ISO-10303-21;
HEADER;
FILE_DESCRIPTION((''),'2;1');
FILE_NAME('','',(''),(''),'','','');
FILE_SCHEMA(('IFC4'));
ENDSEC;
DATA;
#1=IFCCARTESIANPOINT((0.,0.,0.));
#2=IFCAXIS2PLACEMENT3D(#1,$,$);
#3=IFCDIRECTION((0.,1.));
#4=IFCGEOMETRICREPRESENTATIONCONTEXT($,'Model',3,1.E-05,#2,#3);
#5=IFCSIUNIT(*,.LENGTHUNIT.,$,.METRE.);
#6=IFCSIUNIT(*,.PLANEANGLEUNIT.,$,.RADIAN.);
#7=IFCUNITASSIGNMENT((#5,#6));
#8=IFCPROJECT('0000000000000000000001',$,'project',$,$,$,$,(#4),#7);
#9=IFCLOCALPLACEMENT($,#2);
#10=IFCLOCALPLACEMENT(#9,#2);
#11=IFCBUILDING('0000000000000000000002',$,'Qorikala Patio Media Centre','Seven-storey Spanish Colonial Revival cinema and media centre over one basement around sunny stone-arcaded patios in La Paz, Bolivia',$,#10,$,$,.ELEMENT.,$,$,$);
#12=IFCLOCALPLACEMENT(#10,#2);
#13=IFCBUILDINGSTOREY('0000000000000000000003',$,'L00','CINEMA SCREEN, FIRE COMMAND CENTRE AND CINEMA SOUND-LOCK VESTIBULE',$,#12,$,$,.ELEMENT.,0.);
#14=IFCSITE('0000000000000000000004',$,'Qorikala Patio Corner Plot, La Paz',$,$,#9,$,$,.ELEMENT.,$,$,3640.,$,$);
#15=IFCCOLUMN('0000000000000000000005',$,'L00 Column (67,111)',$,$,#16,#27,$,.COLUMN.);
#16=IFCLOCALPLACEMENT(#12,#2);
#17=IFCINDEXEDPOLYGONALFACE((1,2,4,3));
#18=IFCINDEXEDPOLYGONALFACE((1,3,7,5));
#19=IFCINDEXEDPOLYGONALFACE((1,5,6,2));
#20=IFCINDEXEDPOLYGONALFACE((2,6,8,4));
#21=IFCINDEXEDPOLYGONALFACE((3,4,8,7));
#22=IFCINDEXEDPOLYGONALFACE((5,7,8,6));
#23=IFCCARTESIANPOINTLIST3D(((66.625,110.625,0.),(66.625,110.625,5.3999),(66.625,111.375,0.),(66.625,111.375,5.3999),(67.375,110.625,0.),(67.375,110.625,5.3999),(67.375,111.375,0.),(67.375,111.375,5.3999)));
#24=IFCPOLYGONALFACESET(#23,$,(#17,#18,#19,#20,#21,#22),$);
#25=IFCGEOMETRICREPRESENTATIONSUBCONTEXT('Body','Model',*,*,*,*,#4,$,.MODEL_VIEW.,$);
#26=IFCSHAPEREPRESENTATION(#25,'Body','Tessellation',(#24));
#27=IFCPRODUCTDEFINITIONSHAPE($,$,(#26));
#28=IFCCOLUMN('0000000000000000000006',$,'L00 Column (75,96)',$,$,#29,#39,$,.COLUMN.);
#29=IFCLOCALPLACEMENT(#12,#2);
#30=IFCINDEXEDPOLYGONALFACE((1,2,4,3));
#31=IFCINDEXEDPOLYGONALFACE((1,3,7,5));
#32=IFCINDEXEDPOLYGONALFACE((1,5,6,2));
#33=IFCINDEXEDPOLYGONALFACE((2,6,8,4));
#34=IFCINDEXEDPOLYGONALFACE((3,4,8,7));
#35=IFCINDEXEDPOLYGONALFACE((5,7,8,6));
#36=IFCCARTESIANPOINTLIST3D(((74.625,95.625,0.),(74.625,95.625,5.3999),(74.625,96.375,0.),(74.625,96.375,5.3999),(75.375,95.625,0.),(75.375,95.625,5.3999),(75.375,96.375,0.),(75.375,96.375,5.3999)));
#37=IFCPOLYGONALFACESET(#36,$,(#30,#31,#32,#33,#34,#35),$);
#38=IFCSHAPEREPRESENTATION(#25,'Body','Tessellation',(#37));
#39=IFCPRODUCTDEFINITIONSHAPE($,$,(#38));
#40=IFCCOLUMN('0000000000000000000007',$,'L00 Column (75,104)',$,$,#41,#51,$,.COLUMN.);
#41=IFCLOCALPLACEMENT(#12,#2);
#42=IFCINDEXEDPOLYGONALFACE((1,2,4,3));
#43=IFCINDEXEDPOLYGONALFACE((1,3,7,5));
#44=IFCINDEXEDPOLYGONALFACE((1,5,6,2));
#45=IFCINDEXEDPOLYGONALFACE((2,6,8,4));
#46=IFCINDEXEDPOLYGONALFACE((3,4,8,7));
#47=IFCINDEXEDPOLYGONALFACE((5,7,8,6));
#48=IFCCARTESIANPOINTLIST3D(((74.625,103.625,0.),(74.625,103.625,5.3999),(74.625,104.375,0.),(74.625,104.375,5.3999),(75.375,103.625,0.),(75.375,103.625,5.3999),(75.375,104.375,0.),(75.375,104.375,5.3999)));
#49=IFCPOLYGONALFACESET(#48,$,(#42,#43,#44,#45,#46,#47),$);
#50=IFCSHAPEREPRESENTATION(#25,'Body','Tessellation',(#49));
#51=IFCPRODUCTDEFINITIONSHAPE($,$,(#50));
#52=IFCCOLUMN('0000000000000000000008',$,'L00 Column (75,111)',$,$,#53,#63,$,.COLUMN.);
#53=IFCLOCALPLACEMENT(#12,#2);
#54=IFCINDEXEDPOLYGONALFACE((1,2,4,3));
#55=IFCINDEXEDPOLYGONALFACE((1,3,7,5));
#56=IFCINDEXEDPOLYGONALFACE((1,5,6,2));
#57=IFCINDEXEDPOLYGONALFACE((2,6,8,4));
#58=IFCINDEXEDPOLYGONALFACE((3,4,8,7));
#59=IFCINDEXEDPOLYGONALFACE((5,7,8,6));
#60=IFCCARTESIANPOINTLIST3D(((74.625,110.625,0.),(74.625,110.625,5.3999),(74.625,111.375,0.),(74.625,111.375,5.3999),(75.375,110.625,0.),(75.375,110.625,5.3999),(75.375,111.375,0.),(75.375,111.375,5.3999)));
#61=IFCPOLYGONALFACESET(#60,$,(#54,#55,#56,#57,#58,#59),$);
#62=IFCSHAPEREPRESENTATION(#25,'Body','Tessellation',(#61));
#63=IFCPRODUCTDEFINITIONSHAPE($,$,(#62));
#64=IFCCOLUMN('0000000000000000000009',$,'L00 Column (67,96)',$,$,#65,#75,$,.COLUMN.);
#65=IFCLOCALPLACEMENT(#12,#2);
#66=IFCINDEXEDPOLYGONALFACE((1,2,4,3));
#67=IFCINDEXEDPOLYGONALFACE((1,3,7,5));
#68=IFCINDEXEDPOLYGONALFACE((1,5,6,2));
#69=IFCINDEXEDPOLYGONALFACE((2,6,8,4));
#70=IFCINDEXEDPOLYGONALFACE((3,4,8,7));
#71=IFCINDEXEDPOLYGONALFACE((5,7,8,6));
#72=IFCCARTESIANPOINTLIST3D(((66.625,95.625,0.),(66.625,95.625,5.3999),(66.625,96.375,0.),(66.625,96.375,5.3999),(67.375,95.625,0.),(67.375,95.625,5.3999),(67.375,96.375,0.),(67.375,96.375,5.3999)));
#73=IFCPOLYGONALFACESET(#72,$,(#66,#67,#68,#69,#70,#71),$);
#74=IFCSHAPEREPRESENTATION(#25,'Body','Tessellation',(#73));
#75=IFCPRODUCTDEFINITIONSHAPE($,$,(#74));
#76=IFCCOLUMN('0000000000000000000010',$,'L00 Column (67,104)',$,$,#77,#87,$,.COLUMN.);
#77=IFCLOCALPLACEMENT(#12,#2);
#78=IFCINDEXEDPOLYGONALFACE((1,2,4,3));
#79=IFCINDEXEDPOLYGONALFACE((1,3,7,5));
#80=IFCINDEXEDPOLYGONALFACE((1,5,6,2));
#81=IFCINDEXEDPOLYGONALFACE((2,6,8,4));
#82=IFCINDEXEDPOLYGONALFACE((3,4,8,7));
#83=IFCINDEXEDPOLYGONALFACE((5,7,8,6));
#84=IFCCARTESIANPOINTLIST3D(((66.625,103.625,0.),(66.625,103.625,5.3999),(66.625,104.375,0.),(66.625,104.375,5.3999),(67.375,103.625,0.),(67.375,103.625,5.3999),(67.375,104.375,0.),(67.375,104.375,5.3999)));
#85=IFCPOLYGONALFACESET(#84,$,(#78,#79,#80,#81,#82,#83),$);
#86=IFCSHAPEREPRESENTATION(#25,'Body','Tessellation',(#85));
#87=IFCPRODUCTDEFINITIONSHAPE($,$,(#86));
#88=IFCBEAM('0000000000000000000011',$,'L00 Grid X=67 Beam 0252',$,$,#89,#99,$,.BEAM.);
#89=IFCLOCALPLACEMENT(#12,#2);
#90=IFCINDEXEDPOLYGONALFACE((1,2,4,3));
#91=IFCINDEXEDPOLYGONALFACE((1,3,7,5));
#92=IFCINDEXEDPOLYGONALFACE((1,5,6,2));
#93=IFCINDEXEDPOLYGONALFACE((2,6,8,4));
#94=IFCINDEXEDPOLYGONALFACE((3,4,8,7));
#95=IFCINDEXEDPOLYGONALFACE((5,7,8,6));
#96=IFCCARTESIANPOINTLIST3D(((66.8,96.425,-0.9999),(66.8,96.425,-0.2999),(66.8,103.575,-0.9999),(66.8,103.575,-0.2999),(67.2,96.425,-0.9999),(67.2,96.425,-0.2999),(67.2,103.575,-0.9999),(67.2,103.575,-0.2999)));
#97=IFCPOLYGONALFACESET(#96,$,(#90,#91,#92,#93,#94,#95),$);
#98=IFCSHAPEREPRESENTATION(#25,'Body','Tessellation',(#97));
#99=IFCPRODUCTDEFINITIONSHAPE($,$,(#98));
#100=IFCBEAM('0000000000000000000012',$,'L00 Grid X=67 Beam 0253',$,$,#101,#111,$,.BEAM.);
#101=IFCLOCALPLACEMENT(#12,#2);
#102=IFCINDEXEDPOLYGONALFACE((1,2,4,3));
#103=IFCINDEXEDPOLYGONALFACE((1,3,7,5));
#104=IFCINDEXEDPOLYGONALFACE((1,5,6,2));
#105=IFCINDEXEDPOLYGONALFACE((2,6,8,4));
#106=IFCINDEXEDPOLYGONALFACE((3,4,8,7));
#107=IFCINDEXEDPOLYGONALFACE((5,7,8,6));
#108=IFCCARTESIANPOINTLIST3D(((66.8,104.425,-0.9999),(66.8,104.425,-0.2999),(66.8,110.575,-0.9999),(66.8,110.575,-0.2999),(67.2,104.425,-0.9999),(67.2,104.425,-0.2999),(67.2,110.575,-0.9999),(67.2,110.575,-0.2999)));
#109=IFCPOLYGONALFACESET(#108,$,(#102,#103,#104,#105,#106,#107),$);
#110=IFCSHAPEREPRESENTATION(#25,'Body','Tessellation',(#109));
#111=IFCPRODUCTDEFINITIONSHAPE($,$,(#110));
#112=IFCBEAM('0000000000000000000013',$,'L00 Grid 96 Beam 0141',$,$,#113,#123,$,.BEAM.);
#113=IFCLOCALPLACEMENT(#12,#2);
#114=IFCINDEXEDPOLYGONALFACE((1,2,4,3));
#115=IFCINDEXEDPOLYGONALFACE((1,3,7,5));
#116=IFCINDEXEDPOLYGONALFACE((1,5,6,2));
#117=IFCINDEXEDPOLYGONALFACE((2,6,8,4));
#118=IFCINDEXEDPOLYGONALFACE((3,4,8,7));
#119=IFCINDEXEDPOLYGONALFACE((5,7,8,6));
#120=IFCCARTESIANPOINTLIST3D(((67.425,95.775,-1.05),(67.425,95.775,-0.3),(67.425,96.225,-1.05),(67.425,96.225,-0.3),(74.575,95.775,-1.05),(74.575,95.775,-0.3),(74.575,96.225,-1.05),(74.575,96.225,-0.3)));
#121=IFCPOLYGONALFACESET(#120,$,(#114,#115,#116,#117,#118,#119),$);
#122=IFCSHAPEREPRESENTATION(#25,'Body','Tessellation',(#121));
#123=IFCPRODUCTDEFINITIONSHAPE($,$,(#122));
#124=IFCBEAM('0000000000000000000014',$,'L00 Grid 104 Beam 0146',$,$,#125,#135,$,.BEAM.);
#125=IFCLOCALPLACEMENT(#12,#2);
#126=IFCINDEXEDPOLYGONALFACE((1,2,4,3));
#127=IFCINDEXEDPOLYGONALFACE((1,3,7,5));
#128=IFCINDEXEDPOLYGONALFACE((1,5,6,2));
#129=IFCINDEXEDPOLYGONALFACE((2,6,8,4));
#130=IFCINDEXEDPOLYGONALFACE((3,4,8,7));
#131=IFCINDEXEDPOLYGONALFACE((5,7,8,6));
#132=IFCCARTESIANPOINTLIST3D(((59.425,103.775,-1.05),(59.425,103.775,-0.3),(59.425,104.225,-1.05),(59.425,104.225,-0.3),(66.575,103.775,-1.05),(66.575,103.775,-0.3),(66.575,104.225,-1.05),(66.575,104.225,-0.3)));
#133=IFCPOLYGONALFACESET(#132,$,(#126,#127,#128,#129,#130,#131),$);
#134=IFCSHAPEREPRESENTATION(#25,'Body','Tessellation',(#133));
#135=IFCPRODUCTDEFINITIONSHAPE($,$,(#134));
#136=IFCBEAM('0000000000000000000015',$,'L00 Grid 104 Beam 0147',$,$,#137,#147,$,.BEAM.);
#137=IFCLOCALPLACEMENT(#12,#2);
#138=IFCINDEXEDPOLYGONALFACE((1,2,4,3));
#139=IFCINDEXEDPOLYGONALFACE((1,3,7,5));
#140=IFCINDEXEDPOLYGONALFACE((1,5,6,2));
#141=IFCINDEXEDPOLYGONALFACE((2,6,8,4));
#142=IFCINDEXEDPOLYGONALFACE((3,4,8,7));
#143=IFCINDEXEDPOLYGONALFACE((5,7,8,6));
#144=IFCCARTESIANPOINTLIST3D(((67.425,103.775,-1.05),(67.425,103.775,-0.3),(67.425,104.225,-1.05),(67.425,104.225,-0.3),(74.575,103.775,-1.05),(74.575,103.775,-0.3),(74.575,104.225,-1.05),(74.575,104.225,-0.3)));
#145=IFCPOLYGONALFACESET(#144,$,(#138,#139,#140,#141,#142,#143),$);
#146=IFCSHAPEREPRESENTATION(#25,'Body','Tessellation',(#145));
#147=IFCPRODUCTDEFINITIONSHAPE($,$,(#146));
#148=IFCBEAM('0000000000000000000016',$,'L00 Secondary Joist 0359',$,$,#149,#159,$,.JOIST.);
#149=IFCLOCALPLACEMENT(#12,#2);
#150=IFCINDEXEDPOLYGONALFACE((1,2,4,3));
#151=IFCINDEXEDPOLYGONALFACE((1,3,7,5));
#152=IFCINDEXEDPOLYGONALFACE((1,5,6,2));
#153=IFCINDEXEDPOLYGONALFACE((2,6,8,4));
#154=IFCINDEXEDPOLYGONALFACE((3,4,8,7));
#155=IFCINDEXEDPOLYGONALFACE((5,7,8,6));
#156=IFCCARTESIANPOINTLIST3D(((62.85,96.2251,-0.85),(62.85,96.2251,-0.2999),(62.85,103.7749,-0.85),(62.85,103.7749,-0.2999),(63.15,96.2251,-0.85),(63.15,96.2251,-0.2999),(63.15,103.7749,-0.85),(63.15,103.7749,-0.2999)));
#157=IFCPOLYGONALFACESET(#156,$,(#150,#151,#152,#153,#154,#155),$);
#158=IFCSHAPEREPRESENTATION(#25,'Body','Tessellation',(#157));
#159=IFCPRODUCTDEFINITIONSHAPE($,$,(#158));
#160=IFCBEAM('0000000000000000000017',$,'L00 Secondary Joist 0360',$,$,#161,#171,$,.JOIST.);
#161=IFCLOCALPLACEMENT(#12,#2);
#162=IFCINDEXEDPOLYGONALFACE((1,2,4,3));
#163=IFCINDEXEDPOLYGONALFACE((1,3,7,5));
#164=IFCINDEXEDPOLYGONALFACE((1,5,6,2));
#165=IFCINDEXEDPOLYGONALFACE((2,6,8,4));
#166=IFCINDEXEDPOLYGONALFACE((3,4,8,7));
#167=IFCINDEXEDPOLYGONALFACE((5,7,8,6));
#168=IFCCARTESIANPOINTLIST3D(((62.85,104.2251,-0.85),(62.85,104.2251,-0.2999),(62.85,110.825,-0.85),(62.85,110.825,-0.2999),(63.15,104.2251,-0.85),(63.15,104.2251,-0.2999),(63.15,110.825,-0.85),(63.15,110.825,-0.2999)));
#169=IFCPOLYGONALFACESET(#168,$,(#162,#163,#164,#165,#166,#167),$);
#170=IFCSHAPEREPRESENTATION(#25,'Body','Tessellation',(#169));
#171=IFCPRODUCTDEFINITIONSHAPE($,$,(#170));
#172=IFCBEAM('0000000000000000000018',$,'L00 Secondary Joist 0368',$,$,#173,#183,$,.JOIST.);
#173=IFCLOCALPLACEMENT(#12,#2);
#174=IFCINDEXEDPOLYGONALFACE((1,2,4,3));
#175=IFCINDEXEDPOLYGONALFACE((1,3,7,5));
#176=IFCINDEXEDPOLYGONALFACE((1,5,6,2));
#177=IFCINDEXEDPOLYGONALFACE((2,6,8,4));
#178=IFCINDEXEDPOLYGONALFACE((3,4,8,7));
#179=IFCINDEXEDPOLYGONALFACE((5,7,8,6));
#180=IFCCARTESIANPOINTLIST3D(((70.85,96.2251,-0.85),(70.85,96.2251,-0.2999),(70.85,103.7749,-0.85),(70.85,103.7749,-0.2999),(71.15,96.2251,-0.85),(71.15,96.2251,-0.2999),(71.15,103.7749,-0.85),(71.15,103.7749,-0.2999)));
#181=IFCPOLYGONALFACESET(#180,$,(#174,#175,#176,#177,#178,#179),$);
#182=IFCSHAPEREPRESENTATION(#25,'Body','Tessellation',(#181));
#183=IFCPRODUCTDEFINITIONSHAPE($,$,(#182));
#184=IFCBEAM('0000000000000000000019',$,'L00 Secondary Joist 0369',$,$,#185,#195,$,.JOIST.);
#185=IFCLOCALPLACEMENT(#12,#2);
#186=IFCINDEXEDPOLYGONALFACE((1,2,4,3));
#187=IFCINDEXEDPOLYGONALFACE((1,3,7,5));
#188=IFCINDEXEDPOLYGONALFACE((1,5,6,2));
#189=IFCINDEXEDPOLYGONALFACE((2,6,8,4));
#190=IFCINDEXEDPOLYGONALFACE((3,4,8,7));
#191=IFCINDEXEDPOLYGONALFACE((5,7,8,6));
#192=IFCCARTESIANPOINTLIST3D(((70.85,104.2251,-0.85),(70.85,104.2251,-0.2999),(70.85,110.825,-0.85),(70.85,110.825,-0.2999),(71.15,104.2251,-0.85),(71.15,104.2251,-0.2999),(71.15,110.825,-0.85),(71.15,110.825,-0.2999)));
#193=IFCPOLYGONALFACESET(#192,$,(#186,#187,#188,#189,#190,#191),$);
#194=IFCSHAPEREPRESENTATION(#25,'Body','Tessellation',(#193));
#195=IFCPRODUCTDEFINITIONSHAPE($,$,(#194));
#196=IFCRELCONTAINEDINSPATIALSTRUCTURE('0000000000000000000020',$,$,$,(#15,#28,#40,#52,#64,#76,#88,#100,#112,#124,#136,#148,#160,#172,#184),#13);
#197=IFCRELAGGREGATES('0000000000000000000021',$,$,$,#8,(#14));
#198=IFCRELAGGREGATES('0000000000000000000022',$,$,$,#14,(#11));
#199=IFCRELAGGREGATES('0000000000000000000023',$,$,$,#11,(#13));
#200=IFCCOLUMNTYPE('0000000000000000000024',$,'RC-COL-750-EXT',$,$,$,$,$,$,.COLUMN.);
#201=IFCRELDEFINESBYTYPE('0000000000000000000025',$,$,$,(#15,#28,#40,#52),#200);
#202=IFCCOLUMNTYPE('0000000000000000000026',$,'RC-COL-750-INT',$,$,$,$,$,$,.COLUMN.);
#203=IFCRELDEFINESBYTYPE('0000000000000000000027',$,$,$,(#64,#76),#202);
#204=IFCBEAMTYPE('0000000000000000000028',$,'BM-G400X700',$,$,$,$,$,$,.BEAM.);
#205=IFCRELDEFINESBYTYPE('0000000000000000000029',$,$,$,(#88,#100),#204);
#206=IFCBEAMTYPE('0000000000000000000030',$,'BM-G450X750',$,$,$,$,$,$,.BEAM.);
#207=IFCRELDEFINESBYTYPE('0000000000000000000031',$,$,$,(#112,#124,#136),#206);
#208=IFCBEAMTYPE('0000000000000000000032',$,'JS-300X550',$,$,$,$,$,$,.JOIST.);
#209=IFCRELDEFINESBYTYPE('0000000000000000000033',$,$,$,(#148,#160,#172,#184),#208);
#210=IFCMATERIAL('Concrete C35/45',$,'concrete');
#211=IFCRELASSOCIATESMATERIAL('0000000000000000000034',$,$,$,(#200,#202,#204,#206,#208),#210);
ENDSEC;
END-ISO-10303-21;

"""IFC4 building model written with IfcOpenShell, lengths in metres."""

from ifc_helpers import new_model, si_unit, direction, frame, origin, origin_2d, place, context, subcontext, project, spatial, rectangle, extrude, material, material_profile, profile_set, type_object, element, save


model = new_model("IFC4")

# Units and contexts
model_context = context("Model", 3, precision=1e-05, world=origin(), true_north=direction((0.0, 1.0)))
body_context = subcontext(model_context, "Body", "Model", "MODEL_VIEW")
ifc_project = project(units=[si_unit("LENGTHUNIT", "METRE"), si_unit("PLANEANGLEUNIT", "RADIAN")], contexts=[model_context])

# Site, building, storey
site_placement = place(None, origin())
site = spatial("IfcSite", under=ifc_project, at=site_placement, Name="Qorikala Patio Corner Plot, La Paz", CompositionType="ELEMENT", RefElevation=3640.0)
building_placement = place(site_placement, origin())
building = spatial("IfcBuilding", under=site, at=building_placement, Name="Qorikala Patio Media Centre", Description="Seven-storey Spanish Colonial Revival cinema and media centre over one basement around sunny stone-arcaded patios in La Paz, Bolivia", CompositionType="ELEMENT")
storey_placement = place(building_placement, origin())
storey = spatial("IfcBuildingStorey", under=building, at=storey_placement, Name="L00", Description="CINEMA SCREEN, FIRE COMMAND CENTRE AND CINEMA SOUND-LOCK VESTIBULE", CompositionType="ELEMENT", Elevation=0.0)

# Columns
ifc_material_1 = material(Name="Concrete C35/45", Category="concrete")
ifc_material_profile_1 = material_profile(ifc_material_1, rectangle(XDim=0.75, YDim=0.75, at=origin_2d()), Name="RC 750x750")
ifc_profile_set_1 = profile_set([ifc_material_profile_1], Name="Concrete C35/45")
column_type_1 = type_object("IfcColumnType", Name="RC-COL-750-EXT", PredefinedType="COLUMN", material=ifc_profile_set_1)
for number, where, z_axis, x_axis, name in (
    (1, (67.0, 111.0, 0.0), (0.0, 0.0, 1.0), (1.0, 0.0, 0.0), "L00 Column (67,111)"),
    (2, (75.0, 96.0, 0.0), (0.0, 0.0, 1.0), (1.0, 0.0, 0.0), "L00 Column (75,96)"),
    (3, (75.0, 104.0, 0.0), (0.0, 0.0, 1.0), (1.0, 0.0, 0.0), "L00 Column (75,104)"),
    (4, (75.0, 111.0, 0.0), (0.0, 0.0, 1.0), (1.0, 0.0, 0.0), "L00 Column (75,111)"),
):
    element("IfcColumn", number, at=place(storey_placement, frame(where, z_axis=z_axis, x_axis=x_axis)), inside=storey, type_object=column_type_1, Name=name, PredefinedType="COLUMN", context=body_context, shape_type="SweptSolid", body=[
        extrude(rectangle(XDim=0.75, YDim=0.75, at=origin_2d()), origin(), (0.0, 0.0, 1.0), 5.3999),
    ])
ifc_material_profile_2 = material_profile(ifc_material_1, rectangle(XDim=0.75, YDim=0.75, at=origin_2d()), Name="RC 750x750")
ifc_profile_set_2 = profile_set([ifc_material_profile_2], Name="Concrete C35/45")
column_type_2 = type_object("IfcColumnType", Name="RC-COL-750-INT", PredefinedType="COLUMN", material=ifc_profile_set_2)
for number, where, z_axis, x_axis, name in (
    (5, (67.0, 96.0, 0.0), (0.0, 0.0, 1.0), (1.0, 0.0, 0.0), "L00 Column (67,96)"),
    (6, (67.0, 104.0, 0.0), (0.0, 0.0, 1.0), (1.0, 0.0, 0.0), "L00 Column (67,104)"),
):
    element("IfcColumn", number, at=place(storey_placement, frame(where, z_axis=z_axis, x_axis=x_axis)), inside=storey, type_object=column_type_2, Name=name, PredefinedType="COLUMN", context=body_context, shape_type="SweptSolid", body=[
        extrude(rectangle(XDim=0.75, YDim=0.75, at=origin_2d()), origin(), (0.0, 0.0, 1.0), 5.3999),
    ])

# Beams
ifc_material_profile_3 = material_profile(ifc_material_1, rectangle(XDim=0.3999, YDim=0.7, at=origin_2d()), Name="RC 400x700")
ifc_profile_set_3 = profile_set([ifc_material_profile_3], Name="Concrete C35/45")
beam_type_1 = type_object("IfcBeamType", Name="BM-G400X700", PredefinedType="BEAM", material=ifc_profile_set_3)
beam_1_placement = place(storey_placement, frame((67.0, 96.425, -0.6499), z_axis=(0.0, 1.0, 0.0), x_axis=(-1.0, 0.0, 0.0)))
element("IfcBeam", 7, at=beam_1_placement, inside=storey, type_object=beam_type_1, Name="L00 Grid X=67 Beam 0252", PredefinedType="BEAM", context=body_context, shape_type="SweptSolid", body=[
    extrude(rectangle(XDim=0.3999, YDim=0.7, at=origin_2d()), origin(), (0.0, 0.0, 1.0), 7.1499),
])
beam_2_placement = place(storey_placement, frame((67.0, 104.425, -0.6499), z_axis=(0.0, 1.0, 0.0), x_axis=(-1.0, 0.0, 0.0)))
element("IfcBeam", 8, at=beam_2_placement, inside=storey, type_object=beam_type_1, Name="L00 Grid X=67 Beam 0253", PredefinedType="BEAM", context=body_context, shape_type="SweptSolid", body=[
    extrude(rectangle(XDim=0.3999, YDim=0.7, at=origin_2d()), origin(), (0.0, 0.0, 1.0), 6.1499),
])
ifc_material_profile_4 = material_profile(ifc_material_1, rectangle(XDim=0.45, YDim=0.75, at=origin_2d()), Name="RC 450x750")
ifc_profile_set_4 = profile_set([ifc_material_profile_4], Name="Concrete C35/45")
beam_type_2 = type_object("IfcBeamType", Name="BM-G450X750", PredefinedType="BEAM", material=ifc_profile_set_4)
for number, where, z_axis, x_axis, name in (
    (9, (67.425, 96.0, -0.675), (1.0, 0.0, 0.0), (0.0, 1.0, 0.0), "L00 Grid 96 Beam 0141"),
    (10, (59.425, 104.0, -0.675), (1.0, 0.0, 0.0), (0.0, 1.0, 0.0), "L00 Grid 104 Beam 0146"),
    (11, (67.425, 104.0, -0.675), (1.0, 0.0, 0.0), (0.0, 1.0, 0.0), "L00 Grid 104 Beam 0147"),
):
    element("IfcBeam", number, at=place(storey_placement, frame(where, z_axis=z_axis, x_axis=x_axis)), inside=storey, type_object=beam_type_2, Name=name, PredefinedType="BEAM", context=body_context, shape_type="SweptSolid", body=[
        extrude(rectangle(XDim=0.45, YDim=0.75, at=origin_2d()), origin(), (0.0, 0.0, 1.0), 7.1499),
    ])
ifc_material_profile_5 = material_profile(ifc_material_1, rectangle(XDim=0.3, YDim=0.55, at=origin_2d()), Name="RC 300x550")
ifc_profile_set_5 = profile_set([ifc_material_profile_5], Name="Concrete C35/45")
beam_type_3 = type_object("IfcBeamType", Name="JS-300X550", PredefinedType="JOIST", material=ifc_profile_set_5)
beam_3_placement = place(storey_placement, frame((63.0, 96.2251, -0.575), z_axis=(0.0, 1.0, 0.0), x_axis=(-1.0, 0.0, 0.0)))
element("IfcBeam", 12, at=beam_3_placement, inside=storey, type_object=beam_type_3, Name="L00 Secondary Joist 0359", PredefinedType="JOIST", context=body_context, shape_type="SweptSolid", body=[
    extrude(rectangle(XDim=0.3, YDim=0.55, at=origin_2d()), origin(), (0.0, 0.0, 1.0), 7.5498),
])
beam_4_placement = place(storey_placement, frame((63.0, 104.2251, -0.575), z_axis=(0.0, 1.0, 0.0), x_axis=(-1.0, 0.0, 0.0)))
element("IfcBeam", 13, at=beam_4_placement, inside=storey, type_object=beam_type_3, Name="L00 Secondary Joist 0360", PredefinedType="JOIST", context=body_context, shape_type="SweptSolid", body=[
    extrude(rectangle(XDim=0.3, YDim=0.55, at=origin_2d()), origin(), (0.0, 0.0, 1.0), 6.5999),
])
beam_5_placement = place(storey_placement, frame((71.0, 96.2251, -0.575), z_axis=(0.0, 1.0, 0.0), x_axis=(-1.0, 0.0, 0.0)))
element("IfcBeam", 14, at=beam_5_placement, inside=storey, type_object=beam_type_3, Name="L00 Secondary Joist 0368", PredefinedType="JOIST", context=body_context, shape_type="SweptSolid", body=[
    extrude(rectangle(XDim=0.3, YDim=0.55, at=origin_2d()), origin(), (0.0, 0.0, 1.0), 7.5498),
])
beam_6_placement = place(storey_placement, frame((71.0, 104.2251, -0.575), z_axis=(0.0, 1.0, 0.0), x_axis=(-1.0, 0.0, 0.0)))
element("IfcBeam", 15, at=beam_6_placement, inside=storey, type_object=beam_type_3, Name="L00 Secondary Joist 0369", PredefinedType="JOIST", context=body_context, shape_type="SweptSolid", body=[
    extrude(rectangle(XDim=0.3, YDim=0.55, at=origin_2d()), origin(), (0.0, 0.0, 1.0), 6.5999),
])

save(model, "model.ifc")
